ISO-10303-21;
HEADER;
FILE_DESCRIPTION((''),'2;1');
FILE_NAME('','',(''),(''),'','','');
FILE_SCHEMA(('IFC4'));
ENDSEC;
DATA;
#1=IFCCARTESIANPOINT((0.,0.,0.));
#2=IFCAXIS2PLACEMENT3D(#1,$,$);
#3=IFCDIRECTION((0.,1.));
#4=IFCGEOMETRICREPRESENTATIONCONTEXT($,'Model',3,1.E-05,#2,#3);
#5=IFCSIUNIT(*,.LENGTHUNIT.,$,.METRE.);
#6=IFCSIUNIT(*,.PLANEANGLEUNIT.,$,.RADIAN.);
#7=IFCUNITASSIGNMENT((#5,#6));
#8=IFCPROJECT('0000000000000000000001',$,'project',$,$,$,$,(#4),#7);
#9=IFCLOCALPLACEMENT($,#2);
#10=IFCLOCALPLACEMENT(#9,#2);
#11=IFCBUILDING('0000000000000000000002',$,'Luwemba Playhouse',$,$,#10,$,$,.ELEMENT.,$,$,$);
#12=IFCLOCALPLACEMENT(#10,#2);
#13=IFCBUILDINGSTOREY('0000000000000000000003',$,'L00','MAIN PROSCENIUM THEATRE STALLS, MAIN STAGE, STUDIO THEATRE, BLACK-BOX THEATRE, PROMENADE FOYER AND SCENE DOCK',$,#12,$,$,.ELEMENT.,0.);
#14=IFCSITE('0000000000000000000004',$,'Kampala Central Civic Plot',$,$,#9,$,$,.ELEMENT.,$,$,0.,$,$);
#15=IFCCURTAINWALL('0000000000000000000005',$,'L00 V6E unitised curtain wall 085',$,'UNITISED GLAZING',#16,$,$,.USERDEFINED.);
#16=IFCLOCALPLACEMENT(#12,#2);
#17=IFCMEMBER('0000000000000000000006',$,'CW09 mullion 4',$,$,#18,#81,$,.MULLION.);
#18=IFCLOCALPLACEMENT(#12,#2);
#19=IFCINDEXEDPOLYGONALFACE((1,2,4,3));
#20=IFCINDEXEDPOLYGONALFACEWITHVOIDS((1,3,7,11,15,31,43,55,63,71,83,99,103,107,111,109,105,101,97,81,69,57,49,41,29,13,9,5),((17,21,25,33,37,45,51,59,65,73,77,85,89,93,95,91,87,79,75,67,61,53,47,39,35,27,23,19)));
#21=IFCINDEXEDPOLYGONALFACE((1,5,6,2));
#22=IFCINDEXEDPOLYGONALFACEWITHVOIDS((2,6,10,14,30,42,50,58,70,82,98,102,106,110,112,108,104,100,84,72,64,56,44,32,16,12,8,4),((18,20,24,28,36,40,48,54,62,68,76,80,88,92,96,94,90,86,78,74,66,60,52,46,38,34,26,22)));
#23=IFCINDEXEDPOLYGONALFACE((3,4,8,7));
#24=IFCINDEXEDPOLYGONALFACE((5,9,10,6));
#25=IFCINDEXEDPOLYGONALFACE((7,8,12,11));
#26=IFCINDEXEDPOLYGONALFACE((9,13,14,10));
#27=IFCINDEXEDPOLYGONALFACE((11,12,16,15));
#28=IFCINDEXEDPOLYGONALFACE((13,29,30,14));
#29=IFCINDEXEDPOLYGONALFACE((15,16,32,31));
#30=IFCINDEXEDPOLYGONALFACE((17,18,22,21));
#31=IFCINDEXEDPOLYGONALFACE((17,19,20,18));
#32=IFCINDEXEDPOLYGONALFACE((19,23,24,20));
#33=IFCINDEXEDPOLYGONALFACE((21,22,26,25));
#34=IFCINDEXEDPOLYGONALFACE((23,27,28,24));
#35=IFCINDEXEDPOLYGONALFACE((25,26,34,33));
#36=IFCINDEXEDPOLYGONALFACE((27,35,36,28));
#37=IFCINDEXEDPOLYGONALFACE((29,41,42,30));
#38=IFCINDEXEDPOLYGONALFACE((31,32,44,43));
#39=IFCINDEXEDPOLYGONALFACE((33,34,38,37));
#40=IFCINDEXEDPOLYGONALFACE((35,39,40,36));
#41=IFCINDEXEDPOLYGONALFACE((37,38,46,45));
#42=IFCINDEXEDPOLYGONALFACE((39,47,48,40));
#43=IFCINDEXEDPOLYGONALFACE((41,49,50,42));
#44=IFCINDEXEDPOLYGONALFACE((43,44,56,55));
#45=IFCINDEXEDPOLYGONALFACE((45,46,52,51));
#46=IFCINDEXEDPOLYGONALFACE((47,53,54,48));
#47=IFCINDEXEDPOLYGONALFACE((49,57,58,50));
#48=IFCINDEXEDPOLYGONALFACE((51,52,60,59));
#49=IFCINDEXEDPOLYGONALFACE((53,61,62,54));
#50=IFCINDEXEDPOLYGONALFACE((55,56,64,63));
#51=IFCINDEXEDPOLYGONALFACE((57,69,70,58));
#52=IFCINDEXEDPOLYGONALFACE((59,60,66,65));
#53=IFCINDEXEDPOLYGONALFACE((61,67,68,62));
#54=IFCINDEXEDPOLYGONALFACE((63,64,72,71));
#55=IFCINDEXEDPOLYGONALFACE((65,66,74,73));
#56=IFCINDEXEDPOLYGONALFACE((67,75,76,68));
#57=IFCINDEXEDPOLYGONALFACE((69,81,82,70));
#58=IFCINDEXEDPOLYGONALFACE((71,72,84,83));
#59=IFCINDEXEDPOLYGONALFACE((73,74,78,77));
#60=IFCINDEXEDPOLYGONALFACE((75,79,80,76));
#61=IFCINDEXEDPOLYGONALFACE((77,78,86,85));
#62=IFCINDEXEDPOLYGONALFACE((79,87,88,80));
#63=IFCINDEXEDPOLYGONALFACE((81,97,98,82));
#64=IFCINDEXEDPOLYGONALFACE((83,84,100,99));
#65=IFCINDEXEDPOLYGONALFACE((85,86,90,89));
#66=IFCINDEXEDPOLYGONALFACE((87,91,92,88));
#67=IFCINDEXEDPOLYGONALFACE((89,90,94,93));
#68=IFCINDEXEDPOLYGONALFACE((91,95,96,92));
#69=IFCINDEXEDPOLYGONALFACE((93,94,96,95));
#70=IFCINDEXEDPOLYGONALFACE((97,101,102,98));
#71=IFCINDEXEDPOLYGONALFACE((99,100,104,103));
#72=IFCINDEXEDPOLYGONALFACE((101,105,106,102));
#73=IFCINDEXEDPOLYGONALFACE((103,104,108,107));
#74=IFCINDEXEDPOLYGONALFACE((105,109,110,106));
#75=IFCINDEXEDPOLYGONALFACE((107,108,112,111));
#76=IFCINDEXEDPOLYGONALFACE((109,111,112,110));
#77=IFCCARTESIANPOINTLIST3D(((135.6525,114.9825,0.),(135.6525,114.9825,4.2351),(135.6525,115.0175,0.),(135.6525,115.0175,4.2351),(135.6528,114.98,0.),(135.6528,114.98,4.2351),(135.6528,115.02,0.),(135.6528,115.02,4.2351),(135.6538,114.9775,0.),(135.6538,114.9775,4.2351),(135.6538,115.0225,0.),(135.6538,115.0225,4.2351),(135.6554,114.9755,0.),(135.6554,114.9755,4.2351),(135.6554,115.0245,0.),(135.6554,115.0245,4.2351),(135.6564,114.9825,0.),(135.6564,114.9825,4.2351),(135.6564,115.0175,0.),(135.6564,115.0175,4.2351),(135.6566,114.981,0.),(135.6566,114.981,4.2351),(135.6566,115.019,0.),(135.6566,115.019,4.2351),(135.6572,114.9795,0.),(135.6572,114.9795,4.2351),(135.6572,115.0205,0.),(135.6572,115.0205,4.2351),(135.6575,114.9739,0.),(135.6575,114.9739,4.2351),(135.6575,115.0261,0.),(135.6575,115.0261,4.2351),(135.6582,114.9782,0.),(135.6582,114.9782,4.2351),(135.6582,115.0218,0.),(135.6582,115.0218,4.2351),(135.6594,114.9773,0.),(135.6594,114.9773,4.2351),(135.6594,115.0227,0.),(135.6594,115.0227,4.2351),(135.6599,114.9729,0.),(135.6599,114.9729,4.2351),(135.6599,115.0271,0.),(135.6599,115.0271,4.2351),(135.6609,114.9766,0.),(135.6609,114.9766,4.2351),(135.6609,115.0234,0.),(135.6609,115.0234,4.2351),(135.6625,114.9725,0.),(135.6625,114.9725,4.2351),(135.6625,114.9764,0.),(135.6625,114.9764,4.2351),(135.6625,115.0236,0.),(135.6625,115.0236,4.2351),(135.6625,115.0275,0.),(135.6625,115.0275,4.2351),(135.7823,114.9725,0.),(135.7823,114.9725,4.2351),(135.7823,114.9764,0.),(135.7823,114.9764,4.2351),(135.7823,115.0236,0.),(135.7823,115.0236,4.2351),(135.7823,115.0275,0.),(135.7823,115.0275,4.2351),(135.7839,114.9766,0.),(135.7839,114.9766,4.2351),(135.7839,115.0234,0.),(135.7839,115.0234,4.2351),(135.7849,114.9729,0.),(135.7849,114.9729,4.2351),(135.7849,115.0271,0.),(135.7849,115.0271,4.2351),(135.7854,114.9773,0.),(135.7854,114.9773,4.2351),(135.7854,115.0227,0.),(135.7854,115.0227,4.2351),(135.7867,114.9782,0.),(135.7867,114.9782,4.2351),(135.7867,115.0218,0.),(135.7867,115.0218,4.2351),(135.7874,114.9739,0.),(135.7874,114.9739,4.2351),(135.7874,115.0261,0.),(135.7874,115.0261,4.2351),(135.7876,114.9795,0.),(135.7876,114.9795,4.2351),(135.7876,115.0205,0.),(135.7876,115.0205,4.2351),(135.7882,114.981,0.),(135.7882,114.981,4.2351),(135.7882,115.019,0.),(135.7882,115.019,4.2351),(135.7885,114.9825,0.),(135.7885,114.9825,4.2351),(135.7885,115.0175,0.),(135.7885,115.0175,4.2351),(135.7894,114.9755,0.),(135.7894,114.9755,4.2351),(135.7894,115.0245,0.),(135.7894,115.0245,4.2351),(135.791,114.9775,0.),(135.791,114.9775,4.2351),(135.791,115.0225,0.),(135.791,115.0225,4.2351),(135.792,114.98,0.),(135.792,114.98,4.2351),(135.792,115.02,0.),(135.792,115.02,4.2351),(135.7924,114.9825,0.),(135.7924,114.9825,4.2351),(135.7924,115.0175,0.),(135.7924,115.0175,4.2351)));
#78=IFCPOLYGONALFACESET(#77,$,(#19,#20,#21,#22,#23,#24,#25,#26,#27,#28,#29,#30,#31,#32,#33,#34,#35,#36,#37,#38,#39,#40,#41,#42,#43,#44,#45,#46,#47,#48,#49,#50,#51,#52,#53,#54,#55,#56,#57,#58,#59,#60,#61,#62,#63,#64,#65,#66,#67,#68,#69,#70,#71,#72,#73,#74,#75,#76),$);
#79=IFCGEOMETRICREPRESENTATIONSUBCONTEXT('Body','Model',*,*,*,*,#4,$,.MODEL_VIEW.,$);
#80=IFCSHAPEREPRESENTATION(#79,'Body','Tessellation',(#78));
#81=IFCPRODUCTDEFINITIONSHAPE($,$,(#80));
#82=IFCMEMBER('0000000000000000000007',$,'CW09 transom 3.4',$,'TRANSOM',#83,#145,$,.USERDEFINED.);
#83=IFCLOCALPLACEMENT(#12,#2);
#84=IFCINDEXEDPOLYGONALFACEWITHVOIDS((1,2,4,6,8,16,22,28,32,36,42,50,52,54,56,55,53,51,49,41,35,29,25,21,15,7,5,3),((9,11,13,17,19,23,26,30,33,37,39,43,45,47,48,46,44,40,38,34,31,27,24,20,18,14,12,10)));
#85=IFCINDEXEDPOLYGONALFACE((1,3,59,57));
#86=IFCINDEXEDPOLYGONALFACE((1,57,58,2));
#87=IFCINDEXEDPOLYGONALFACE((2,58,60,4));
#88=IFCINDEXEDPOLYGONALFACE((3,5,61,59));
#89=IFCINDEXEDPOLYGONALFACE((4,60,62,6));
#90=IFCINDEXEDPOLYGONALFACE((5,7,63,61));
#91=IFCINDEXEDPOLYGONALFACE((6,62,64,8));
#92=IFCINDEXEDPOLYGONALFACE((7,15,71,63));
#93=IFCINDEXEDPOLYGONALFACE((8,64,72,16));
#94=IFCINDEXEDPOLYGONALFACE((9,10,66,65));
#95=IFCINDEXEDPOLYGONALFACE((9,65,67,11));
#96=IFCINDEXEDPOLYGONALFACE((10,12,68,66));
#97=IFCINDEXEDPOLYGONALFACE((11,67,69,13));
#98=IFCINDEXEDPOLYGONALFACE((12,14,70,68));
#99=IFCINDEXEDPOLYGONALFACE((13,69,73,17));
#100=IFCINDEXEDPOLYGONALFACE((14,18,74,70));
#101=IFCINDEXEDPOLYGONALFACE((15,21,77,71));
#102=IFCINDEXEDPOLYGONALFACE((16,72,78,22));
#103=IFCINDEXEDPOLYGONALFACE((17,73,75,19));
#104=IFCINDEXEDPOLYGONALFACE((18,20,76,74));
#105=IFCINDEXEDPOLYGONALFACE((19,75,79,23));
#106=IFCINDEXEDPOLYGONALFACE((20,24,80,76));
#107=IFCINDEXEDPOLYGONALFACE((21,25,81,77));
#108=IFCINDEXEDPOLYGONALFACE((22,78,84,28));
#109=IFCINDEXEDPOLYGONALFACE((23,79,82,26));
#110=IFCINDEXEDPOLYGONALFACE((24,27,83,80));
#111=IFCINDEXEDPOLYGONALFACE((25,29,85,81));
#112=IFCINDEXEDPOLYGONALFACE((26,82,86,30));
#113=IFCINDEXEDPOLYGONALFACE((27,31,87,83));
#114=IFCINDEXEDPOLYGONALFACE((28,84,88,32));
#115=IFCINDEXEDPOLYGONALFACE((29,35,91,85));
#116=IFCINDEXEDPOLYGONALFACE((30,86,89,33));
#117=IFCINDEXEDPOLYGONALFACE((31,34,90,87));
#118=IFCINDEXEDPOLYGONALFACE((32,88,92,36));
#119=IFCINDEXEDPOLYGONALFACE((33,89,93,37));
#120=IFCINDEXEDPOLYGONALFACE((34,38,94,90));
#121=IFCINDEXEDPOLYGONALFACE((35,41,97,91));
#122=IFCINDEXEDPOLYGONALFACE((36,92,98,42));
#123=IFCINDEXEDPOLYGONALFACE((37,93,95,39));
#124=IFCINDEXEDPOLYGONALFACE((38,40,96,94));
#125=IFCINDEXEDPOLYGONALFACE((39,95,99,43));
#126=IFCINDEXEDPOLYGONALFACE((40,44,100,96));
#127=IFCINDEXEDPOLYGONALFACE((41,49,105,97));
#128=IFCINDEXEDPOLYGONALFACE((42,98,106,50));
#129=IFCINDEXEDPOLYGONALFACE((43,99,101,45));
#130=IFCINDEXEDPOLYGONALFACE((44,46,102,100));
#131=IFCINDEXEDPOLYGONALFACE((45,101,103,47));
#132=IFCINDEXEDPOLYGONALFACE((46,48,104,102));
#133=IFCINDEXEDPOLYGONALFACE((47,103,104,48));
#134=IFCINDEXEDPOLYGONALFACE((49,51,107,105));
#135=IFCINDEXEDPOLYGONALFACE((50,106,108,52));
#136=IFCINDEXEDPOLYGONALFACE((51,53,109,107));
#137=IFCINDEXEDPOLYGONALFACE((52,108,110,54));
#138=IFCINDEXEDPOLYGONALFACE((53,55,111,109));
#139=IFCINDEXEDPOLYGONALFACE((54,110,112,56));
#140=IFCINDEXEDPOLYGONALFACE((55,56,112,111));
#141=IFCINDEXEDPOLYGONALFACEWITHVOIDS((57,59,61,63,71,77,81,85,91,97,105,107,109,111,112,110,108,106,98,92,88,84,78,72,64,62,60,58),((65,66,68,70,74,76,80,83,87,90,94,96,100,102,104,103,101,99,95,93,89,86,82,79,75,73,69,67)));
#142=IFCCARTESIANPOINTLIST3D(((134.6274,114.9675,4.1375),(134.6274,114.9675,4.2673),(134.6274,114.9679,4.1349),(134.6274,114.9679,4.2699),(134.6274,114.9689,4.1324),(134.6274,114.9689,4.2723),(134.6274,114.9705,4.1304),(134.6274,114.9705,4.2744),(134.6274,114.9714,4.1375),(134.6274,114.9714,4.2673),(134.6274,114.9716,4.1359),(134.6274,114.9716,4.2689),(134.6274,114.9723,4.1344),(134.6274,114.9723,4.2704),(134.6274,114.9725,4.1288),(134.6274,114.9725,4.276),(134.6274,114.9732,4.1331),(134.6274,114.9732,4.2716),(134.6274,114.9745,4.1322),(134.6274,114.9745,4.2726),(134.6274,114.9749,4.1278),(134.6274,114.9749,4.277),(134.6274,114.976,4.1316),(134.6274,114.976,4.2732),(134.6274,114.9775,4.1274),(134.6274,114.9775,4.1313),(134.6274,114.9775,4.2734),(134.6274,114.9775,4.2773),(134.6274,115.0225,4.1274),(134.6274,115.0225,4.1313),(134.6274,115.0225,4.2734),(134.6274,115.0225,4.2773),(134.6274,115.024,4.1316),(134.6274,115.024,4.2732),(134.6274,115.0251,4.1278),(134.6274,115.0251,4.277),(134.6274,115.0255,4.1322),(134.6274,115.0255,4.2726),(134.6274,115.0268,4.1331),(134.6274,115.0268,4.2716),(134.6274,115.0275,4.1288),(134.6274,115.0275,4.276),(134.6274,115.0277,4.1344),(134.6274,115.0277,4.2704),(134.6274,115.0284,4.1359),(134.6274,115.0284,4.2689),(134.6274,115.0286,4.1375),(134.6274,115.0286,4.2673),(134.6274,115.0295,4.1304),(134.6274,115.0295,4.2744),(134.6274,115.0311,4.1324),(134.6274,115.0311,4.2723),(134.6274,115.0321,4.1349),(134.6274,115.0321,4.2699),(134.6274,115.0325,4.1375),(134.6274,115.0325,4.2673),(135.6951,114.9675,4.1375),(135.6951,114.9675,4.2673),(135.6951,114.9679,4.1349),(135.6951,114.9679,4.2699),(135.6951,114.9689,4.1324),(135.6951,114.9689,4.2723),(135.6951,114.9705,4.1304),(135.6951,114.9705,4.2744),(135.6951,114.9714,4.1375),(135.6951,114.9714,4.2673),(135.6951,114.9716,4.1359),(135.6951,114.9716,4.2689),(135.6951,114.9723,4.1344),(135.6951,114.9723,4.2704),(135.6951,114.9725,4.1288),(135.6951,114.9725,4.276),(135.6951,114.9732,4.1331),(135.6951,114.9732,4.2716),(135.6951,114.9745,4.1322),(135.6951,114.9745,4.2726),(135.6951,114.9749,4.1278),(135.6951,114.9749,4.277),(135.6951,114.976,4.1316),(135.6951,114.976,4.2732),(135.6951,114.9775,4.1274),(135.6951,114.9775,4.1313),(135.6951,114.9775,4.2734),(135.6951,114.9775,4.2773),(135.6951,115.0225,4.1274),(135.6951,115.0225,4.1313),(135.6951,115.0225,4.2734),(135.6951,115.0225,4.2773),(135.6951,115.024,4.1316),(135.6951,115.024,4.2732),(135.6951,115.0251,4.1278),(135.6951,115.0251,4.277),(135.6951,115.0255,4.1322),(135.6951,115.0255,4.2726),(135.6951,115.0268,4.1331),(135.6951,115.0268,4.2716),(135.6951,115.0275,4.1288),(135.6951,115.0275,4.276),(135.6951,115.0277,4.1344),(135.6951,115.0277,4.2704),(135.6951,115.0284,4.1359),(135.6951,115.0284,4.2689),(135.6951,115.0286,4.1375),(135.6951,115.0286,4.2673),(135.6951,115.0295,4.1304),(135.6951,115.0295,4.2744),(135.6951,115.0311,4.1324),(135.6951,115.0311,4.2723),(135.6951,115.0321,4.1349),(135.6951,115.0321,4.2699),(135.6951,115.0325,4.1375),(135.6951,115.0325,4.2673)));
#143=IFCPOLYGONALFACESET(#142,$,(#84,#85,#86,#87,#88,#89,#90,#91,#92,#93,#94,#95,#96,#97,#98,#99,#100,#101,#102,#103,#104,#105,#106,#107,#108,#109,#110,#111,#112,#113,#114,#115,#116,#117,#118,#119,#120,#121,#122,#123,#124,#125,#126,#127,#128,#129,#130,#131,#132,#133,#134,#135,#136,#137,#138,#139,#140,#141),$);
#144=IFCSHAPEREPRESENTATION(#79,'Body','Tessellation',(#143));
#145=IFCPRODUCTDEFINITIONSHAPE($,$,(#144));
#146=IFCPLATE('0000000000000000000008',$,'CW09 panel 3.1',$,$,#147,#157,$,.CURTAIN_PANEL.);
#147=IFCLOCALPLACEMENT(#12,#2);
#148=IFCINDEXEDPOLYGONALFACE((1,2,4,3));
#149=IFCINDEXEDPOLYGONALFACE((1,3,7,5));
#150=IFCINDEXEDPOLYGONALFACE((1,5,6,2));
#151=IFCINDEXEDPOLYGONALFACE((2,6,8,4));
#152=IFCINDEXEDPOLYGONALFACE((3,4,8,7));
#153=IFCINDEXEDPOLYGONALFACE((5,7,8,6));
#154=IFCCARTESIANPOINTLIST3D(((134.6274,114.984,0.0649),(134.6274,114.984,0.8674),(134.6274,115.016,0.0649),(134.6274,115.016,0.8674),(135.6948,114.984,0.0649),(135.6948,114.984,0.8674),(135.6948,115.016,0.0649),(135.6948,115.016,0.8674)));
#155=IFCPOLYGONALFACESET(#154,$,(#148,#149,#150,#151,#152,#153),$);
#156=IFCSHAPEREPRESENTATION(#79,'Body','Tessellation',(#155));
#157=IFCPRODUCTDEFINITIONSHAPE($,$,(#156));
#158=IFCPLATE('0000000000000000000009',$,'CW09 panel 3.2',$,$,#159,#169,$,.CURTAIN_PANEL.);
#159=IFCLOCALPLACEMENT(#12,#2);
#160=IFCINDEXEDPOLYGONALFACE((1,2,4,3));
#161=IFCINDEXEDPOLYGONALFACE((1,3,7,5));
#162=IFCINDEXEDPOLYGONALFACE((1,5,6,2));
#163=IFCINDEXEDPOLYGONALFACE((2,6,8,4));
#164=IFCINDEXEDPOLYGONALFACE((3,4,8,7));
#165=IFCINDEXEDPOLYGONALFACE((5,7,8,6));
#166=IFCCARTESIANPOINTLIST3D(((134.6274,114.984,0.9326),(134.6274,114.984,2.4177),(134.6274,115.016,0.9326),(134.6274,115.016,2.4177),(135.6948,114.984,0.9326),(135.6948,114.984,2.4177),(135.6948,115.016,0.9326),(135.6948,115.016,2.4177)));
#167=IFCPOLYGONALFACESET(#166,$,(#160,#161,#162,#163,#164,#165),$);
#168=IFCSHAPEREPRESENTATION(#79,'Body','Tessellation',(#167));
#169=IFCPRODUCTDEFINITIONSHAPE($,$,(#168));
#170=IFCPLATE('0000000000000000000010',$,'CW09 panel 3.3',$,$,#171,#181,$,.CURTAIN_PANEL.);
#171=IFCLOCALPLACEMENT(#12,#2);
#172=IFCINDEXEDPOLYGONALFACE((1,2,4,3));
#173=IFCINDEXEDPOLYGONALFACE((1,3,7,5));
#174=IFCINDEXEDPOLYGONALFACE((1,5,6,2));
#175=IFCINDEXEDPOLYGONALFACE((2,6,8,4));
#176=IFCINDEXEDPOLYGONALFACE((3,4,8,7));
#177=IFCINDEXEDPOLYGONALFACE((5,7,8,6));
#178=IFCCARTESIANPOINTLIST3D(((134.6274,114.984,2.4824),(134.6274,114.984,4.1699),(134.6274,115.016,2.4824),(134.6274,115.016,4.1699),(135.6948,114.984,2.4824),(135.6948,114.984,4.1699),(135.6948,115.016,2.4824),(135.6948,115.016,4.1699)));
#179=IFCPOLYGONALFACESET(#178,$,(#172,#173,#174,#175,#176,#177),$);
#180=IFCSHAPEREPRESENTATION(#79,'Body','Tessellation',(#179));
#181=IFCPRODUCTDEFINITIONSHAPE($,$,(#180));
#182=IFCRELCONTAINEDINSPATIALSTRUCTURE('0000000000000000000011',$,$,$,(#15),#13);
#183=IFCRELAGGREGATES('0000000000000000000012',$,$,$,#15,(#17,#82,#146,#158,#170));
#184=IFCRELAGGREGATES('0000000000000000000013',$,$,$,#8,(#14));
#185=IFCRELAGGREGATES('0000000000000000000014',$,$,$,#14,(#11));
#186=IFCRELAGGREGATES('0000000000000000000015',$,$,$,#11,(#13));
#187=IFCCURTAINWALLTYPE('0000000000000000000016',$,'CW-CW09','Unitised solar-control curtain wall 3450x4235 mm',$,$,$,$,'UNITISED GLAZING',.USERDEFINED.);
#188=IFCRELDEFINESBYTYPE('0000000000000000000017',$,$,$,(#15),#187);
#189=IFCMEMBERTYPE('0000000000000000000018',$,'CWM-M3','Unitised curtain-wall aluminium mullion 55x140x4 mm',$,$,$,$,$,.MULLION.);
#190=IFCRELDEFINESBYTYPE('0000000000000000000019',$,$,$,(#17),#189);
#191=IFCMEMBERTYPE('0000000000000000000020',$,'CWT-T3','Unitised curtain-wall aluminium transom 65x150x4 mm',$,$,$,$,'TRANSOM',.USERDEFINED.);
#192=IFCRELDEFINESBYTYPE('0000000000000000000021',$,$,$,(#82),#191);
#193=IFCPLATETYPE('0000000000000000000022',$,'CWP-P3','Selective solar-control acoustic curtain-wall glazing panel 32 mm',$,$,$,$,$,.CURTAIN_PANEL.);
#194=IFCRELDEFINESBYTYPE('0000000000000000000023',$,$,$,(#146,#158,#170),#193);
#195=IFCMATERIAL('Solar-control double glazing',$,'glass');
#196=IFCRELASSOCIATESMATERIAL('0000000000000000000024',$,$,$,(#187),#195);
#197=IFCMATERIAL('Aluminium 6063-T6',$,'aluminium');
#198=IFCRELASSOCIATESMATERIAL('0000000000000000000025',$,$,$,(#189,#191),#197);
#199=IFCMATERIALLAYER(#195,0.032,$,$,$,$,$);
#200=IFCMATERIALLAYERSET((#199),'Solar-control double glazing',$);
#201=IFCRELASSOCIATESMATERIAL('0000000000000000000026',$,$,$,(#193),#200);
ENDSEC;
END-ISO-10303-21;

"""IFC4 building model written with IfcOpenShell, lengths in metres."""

from ifc_helpers import new_model, si_unit, direction, frame, origin, origin_2d, place, context, subcontext, project, spatial, rectangle, hollow_rectangle, extrude, material, layer, layer_set, material_profile, profile_set, type_object, element, aggregate, save


model = new_model("IFC4")

# Units and contexts
model_context = context("Model", 3, precision=1e-05, world=origin(), true_north=direction((0.0, 1.0)))
body_context = subcontext(model_context, "Body", "Model", "MODEL_VIEW")
ifc_project = project(units=[si_unit("LENGTHUNIT", "METRE"), si_unit("PLANEANGLEUNIT", "RADIAN")], contexts=[model_context])

# Site, building, storey
site_placement = place(None, origin())
site = spatial("IfcSite", under=ifc_project, at=site_placement, Name="Kampala Central Civic Plot", CompositionType="ELEMENT", RefElevation=0.0)
building_placement = place(site_placement, origin())
building = spatial("IfcBuilding", under=site, at=building_placement, Name="Luwemba Playhouse", CompositionType="ELEMENT")
storey_placement = place(building_placement, origin())
storey = spatial("IfcBuildingStorey", under=building, at=storey_placement, Name="L00", Description="MAIN PROSCENIUM THEATRE STALLS, MAIN STAGE, STUDIO THEATRE, BLACK-BOX THEATRE, PROMENADE FOYER AND SCENE DOCK", CompositionType="ELEMENT", Elevation=0.0)

# Curtain wall, members, plates
ifc_material_1 = material(Name="Solar-control double glazing", Category="glass")
curtain_wall_type = type_object("IfcCurtainWallType", Name="CW-CW09", Description="Unitised solar-control curtain wall 3450x4235 mm", ElementType="UNITISED GLAZING", PredefinedType="USERDEFINED", material=ifc_material_1)
curtain_wall_placement = place(storey_placement, origin())
curtain_wall = element("IfcCurtainWall", 1, at=curtain_wall_placement, inside=storey, type_object=curtain_wall_type, Name="L00 V6E unitised curtain wall 085", ObjectType="UNITISED GLAZING", PredefinedType="USERDEFINED")
ifc_material_2 = material(Name="Aluminium 6063-T6", Category="aluminium")
ifc_material_profile_1 = material_profile(ifc_material_2, hollow_rectangle(XDim=0.0549, YDim=0.1399, WallThickness=0.0039, InnerFilletRadius=0.0061, OuterFilletRadius=0.01, at=origin_2d()))
ifc_profile_set_1 = profile_set([ifc_material_profile_1], Name="Aluminium 6063-T6")
member_type_1 = type_object("IfcMemberType", Name="CWM-M3", Description="Unitised curtain-wall aluminium mullion 55x140x4 mm", PredefinedType="MULLION", material=ifc_profile_set_1)
member_1_placement = place(storey_placement, frame((135.7224, 115.0, 0.0), z_axis=(0.0, 0.0, 1.0), x_axis=(0.0, 1.0, 0.0)))
member_1 = element("IfcMember", 2, at=member_1_placement, type_object=member_type_1, Name="CW09 mullion 4", PredefinedType="MULLION", context=body_context, shape_type="SweptSolid", body=[
    extrude(hollow_rectangle(XDim=0.0549, YDim=0.1399, WallThickness=0.0039, InnerFilletRadius=0.0061, OuterFilletRadius=0.01, at=origin_2d()), origin(), (0.0, 0.0, 1.0), 4.2351),
])
ifc_material_profile_2 = material_profile(ifc_material_2, hollow_rectangle(XDim=0.0649, YDim=0.1499, WallThickness=0.0039, InnerFilletRadius=0.0061, OuterFilletRadius=0.01, at=origin_2d()))
ifc_profile_set_2 = profile_set([ifc_material_profile_2], Name="Aluminium 6063-T6")
member_type_2 = type_object("IfcMemberType", Name="CWT-T3", Description="Unitised curtain-wall aluminium transom 65x150x4 mm", ElementType="TRANSOM", PredefinedType="USERDEFINED", material=ifc_profile_set_2)
member_2_placement = place(storey_placement, frame((134.6274, 115.0, 4.2024), z_axis=(1.0, 0.0, 0.0), x_axis=(0.0, 1.0, 0.0)))
member_2 = element("IfcMember", 3, at=member_2_placement, type_object=member_type_2, Name="CW09 transom 3.4", ObjectType="TRANSOM", PredefinedType="USERDEFINED", context=body_context, shape_type="SweptSolid", body=[
    extrude(hollow_rectangle(XDim=0.0649, YDim=0.1499, WallThickness=0.0039, InnerFilletRadius=0.0061, OuterFilletRadius=0.01, at=origin_2d()), origin(), (0.0, 0.0, 1.0), 1.0676),
])
ifc_layer_1 = layer(ifc_material_1, 0.032)
ifc_layer_set_1 = layer_set([ifc_layer_1], Name="Solar-control double glazing")
plate_type = type_object("IfcPlateType", Name="CWP-P3", Description="Selective solar-control acoustic curtain-wall glazing panel 32 mm", PredefinedType="CURTAIN_PANEL", material=ifc_layer_set_1)
plate_1_placement = place(storey_placement, frame((135.1611, 115.0, 0.0649), z_axis=(0.0, 0.0, 1.0), x_axis=(1.0, 0.0, 0.0)))
plate_1 = element("IfcPlate", 4, at=plate_1_placement, type_object=plate_type, Name="CW09 panel 3.1", PredefinedType="CURTAIN_PANEL", context=body_context, shape_type="SweptSolid", body=[
    extrude(rectangle(XDim=1.0674, YDim=0.032, at=origin_2d()), origin(), (0.0, 0.0, 1.0), 0.8025),
])
plate_2_placement = place(storey_placement, frame((135.1611, 115.0, 0.9326), z_axis=(0.0, 0.0, 1.0), x_axis=(1.0, 0.0, 0.0)))
plate_2 = element("IfcPlate", 5, at=plate_2_placement, type_object=plate_type, Name="CW09 panel 3.2", PredefinedType="CURTAIN_PANEL", context=body_context, shape_type="SweptSolid", body=[
    extrude(rectangle(XDim=1.0674, YDim=0.032, at=origin_2d()), origin(), (0.0, 0.0, 1.0), 1.4851),
])
plate_3_placement = place(storey_placement, frame((135.1611, 115.0, 2.4824), z_axis=(0.0, 0.0, 1.0), x_axis=(1.0, 0.0, 0.0)))
plate_3 = element("IfcPlate", 6, at=plate_3_placement, type_object=plate_type, Name="CW09 panel 3.3", PredefinedType="CURTAIN_PANEL", context=body_context, shape_type="SweptSolid", body=[
    extrude(rectangle(XDim=1.0674, YDim=0.032, at=origin_2d()), origin(), (0.0, 0.0, 1.0), 1.6875),
])
aggregate(curtain_wall, [member_1, member_2, plate_1, plate_2, plate_3])

save(model, "model.ifc")
